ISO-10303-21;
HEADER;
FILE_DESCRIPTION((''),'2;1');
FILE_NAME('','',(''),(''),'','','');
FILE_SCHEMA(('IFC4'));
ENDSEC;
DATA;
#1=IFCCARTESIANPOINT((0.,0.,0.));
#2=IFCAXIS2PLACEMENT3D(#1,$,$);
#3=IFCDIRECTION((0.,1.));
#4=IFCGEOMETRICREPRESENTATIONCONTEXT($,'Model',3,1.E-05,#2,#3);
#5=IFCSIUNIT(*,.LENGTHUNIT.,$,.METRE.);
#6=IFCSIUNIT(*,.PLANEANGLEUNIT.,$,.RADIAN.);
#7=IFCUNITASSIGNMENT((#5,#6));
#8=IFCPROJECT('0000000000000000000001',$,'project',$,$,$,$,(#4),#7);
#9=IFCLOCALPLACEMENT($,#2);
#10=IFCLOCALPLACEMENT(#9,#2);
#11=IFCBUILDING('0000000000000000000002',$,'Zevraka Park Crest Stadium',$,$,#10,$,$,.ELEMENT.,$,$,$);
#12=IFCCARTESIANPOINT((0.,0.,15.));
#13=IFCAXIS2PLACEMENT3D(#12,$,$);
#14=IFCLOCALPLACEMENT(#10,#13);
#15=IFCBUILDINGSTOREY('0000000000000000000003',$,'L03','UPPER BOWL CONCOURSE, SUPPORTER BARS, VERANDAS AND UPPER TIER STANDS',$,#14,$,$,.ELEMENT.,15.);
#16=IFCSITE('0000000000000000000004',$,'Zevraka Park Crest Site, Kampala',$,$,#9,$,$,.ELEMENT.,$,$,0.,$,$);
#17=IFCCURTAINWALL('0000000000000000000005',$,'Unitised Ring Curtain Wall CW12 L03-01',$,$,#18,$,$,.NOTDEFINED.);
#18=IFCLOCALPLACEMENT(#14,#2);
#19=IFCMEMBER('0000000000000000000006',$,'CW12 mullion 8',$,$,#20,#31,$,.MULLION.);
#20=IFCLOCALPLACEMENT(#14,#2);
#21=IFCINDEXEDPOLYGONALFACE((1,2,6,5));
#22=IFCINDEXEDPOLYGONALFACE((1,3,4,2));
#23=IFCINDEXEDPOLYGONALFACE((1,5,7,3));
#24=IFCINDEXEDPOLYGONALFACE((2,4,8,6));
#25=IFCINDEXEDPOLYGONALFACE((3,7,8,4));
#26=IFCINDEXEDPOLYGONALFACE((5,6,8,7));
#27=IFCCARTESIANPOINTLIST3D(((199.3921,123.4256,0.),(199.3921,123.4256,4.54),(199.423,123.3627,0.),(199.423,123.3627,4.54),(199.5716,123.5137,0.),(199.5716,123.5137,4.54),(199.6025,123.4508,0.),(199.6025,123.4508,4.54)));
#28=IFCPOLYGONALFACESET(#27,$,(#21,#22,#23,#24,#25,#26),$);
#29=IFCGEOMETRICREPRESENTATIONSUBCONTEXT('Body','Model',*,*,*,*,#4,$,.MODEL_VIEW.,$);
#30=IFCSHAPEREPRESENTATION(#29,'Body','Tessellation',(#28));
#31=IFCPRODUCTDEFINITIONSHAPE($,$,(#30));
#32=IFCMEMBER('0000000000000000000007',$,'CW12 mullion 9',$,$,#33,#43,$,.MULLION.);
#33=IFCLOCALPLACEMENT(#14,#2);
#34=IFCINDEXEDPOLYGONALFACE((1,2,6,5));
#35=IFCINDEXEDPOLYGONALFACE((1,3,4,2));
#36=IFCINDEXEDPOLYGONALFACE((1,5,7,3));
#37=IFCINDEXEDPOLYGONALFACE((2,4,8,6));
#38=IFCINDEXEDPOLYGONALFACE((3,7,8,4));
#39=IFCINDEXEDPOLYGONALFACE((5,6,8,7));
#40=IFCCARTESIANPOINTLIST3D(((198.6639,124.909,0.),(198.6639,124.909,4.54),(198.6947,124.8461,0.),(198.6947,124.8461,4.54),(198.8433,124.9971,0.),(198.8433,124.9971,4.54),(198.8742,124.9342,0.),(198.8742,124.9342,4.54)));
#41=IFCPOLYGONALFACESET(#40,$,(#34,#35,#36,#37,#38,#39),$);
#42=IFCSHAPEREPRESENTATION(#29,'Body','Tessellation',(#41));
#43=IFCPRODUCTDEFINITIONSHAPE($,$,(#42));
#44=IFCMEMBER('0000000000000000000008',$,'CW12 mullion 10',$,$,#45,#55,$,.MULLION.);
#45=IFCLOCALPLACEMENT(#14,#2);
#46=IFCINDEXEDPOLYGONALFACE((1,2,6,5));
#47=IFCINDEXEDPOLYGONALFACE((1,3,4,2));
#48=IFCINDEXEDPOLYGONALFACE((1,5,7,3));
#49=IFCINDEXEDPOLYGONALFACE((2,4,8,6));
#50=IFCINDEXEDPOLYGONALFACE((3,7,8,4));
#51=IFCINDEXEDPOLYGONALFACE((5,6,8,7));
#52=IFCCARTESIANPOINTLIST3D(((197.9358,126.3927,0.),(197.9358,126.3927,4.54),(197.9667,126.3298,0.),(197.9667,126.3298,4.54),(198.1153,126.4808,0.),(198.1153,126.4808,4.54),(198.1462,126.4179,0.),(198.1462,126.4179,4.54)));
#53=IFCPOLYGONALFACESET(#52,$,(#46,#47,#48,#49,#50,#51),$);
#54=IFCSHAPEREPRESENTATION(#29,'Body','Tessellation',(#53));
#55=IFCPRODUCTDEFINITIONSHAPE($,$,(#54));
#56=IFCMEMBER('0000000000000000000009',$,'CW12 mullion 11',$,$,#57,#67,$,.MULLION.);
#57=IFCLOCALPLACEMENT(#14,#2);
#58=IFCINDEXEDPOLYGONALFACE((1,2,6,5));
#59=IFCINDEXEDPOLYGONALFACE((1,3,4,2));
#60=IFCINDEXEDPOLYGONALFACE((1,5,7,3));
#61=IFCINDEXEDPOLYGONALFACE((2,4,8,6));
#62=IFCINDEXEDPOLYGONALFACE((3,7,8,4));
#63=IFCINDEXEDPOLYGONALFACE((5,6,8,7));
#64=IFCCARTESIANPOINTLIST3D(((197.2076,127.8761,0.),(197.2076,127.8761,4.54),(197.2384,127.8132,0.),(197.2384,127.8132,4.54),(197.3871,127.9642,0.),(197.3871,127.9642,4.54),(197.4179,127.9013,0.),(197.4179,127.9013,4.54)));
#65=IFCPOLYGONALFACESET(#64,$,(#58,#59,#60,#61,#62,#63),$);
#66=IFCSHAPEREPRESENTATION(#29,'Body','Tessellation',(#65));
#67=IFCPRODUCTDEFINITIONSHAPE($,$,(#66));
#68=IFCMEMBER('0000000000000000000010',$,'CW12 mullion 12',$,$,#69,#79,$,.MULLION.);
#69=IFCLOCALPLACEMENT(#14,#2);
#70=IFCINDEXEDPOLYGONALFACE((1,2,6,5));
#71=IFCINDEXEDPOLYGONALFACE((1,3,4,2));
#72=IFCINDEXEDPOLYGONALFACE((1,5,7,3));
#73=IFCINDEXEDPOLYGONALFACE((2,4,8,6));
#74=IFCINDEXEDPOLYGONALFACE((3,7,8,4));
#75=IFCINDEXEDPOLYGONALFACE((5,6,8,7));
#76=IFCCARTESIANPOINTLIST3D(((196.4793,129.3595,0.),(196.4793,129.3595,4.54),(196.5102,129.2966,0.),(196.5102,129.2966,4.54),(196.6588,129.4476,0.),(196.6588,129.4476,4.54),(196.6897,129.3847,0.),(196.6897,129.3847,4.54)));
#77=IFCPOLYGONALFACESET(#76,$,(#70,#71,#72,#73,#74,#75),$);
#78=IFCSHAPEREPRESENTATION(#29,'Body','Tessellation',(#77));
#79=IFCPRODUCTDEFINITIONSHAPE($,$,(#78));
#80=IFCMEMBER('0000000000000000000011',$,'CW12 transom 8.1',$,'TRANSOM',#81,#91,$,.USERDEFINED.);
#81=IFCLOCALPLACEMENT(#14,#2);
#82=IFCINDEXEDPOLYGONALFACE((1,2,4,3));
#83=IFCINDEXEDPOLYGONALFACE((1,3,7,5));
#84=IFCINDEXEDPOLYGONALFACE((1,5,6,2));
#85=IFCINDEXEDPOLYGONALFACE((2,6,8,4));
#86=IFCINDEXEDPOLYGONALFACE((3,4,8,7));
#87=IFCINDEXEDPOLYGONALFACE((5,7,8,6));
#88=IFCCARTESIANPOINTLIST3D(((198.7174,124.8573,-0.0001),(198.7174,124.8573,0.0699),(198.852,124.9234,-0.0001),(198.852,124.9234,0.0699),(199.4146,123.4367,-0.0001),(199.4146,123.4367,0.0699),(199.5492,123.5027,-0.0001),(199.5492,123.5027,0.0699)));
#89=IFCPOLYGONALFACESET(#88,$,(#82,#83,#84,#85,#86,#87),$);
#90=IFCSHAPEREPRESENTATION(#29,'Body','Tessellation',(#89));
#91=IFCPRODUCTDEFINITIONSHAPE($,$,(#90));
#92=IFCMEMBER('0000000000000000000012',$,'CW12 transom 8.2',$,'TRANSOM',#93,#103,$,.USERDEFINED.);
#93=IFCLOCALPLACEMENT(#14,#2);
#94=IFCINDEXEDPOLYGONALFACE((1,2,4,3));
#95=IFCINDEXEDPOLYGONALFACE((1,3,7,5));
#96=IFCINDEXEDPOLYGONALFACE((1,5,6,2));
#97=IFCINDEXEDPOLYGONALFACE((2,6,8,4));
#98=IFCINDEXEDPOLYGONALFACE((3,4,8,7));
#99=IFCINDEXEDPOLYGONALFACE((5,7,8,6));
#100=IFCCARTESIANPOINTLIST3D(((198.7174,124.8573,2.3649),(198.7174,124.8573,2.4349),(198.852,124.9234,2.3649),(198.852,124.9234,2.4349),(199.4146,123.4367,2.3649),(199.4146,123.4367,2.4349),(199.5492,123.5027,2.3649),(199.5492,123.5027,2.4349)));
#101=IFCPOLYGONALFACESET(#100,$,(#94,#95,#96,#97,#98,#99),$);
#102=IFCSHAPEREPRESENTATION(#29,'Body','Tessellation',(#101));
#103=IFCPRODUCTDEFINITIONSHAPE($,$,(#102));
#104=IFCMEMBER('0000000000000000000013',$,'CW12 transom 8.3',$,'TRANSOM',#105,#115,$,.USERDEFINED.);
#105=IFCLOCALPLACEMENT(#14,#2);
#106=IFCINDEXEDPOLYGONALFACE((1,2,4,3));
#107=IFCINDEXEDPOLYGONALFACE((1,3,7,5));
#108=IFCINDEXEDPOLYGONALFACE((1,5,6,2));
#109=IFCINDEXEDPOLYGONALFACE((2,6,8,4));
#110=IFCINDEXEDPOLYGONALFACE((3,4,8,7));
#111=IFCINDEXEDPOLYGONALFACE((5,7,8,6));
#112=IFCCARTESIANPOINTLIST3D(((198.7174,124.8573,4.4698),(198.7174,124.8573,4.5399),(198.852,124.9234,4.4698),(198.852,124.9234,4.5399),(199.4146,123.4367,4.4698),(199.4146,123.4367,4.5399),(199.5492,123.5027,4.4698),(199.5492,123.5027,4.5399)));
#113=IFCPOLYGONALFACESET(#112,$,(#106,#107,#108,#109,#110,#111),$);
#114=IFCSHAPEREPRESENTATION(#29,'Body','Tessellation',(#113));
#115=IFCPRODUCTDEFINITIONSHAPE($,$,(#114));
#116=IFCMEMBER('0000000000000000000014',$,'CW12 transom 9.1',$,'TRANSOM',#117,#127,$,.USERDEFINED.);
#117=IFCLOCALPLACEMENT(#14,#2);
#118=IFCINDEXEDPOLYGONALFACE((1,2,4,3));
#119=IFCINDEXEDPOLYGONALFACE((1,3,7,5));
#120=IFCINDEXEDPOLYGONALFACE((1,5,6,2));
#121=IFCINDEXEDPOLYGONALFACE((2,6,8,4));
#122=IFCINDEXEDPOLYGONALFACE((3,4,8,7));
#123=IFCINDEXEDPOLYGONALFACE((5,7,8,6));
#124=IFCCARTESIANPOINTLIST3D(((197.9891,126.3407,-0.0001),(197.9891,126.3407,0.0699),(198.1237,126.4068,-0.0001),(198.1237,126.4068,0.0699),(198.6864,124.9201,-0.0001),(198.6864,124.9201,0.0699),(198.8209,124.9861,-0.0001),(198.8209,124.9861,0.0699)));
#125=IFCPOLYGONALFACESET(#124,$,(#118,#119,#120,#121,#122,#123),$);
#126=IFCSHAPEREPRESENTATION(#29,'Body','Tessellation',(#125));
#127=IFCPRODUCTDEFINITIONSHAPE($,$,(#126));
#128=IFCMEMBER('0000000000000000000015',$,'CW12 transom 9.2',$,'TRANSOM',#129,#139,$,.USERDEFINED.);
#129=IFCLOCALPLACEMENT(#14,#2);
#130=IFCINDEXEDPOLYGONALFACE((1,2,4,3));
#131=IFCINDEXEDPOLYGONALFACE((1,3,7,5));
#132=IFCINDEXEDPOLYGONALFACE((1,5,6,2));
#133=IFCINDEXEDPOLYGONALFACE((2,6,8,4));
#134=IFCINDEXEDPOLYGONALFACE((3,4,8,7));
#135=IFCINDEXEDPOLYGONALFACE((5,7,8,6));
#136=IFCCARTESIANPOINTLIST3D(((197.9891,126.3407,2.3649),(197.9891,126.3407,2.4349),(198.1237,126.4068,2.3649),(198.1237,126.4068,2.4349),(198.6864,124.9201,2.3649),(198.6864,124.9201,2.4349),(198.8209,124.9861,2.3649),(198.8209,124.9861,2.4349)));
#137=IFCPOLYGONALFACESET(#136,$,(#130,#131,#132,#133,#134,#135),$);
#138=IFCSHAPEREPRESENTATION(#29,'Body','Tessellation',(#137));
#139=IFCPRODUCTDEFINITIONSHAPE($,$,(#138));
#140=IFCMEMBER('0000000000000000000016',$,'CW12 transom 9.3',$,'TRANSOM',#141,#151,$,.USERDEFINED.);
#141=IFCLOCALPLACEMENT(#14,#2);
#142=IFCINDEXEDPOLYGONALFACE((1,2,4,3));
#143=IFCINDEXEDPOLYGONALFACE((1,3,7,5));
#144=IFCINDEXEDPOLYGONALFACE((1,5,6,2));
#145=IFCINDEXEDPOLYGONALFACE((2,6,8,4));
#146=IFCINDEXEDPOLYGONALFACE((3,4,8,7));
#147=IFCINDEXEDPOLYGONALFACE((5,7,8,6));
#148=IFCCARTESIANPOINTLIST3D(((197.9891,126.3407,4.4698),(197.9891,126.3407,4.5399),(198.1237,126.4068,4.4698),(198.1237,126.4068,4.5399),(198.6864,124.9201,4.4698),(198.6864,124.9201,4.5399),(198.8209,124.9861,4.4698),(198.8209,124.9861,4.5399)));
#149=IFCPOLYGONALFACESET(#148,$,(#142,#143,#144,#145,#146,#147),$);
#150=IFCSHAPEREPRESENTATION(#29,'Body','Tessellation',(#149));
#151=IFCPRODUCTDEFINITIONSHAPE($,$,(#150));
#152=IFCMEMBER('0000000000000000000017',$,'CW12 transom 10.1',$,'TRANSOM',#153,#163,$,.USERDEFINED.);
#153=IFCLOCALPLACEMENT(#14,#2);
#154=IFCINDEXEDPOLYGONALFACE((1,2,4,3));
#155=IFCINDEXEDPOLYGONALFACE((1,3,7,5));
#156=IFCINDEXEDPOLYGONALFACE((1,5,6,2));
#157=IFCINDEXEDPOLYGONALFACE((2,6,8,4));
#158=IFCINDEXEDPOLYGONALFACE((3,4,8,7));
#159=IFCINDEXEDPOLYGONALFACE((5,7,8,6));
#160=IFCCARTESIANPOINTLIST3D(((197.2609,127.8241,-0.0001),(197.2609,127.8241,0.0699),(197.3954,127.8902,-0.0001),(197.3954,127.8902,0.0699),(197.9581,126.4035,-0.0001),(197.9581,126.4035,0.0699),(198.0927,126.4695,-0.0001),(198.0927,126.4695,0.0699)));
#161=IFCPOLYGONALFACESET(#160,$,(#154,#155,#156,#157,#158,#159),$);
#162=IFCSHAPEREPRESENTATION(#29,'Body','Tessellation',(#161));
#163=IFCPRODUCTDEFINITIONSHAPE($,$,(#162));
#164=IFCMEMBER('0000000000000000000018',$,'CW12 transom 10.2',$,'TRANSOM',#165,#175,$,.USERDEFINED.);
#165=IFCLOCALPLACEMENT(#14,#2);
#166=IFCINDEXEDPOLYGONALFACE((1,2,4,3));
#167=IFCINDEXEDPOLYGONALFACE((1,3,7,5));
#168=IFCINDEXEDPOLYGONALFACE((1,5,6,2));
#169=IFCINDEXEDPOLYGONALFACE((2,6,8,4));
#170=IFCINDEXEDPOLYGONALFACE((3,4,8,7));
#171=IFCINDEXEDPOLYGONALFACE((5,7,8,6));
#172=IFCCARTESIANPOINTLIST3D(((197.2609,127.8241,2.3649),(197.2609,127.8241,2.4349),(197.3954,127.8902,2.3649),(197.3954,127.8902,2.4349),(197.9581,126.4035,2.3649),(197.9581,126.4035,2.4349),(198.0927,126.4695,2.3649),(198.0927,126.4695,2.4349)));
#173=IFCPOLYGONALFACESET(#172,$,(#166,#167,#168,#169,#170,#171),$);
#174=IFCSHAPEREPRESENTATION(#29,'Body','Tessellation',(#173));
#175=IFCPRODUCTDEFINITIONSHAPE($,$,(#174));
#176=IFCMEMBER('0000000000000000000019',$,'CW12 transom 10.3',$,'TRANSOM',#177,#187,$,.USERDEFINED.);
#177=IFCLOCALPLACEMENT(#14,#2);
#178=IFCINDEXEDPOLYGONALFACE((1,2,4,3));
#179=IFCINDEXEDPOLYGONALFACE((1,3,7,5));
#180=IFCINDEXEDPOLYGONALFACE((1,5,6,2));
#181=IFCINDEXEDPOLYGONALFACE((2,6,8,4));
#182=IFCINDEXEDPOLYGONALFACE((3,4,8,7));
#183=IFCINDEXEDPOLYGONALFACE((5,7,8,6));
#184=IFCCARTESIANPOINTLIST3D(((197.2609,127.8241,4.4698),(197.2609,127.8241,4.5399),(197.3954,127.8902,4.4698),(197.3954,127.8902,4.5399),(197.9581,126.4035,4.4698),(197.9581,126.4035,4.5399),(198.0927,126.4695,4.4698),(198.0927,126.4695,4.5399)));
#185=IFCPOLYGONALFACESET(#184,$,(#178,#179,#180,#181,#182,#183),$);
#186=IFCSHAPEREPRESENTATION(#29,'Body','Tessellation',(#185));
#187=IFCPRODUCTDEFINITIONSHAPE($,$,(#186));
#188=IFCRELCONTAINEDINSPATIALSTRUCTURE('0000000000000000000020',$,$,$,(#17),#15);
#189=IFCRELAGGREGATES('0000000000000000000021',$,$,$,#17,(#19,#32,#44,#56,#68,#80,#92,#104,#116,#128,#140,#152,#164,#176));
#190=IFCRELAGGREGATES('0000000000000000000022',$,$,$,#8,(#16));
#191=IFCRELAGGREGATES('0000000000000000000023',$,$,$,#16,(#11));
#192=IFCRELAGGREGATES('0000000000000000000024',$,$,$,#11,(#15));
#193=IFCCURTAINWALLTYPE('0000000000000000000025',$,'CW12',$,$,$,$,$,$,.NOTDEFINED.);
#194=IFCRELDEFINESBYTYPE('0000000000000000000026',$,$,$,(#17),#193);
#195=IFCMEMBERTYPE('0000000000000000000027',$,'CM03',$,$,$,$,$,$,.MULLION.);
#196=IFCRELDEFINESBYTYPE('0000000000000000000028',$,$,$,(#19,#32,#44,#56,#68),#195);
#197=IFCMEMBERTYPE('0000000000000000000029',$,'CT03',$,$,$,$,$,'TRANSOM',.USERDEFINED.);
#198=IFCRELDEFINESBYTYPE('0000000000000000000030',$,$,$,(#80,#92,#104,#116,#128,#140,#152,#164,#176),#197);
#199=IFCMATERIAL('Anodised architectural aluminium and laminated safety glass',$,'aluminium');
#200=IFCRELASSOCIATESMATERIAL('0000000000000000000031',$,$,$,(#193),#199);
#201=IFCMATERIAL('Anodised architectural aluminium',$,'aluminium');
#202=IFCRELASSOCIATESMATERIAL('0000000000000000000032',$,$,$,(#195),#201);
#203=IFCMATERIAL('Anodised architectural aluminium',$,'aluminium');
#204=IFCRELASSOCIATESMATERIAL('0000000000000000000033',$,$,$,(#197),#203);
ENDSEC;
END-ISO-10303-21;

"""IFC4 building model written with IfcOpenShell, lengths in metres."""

from ifc_helpers import new_model, si_unit, direction, frame, origin, origin_2d, place, context, subcontext, project, spatial, rectangle, extrude, material, material_profile, profile_set, type_object, element, aggregate, save


model = new_model("IFC4")

# Units and contexts
model_context = context("Model", 3, precision=1e-05, world=origin(), true_north=direction((0.0, 1.0)))
body_context = subcontext(model_context, "Body", "Model", "MODEL_VIEW")
ifc_project = project(units=[si_unit("LENGTHUNIT", "METRE"), si_unit("PLANEANGLEUNIT", "RADIAN")], contexts=[model_context])

# Site, building, storey
site_placement = place(None, origin())
site = spatial("IfcSite", under=ifc_project, at=site_placement, Name="Zevraka Park Crest Site, Kampala", CompositionType="ELEMENT", RefElevation=0.0)
building_placement = place(site_placement, origin())
building = spatial("IfcBuilding", under=site, at=building_placement, Name="Zevraka Park Crest Stadium", CompositionType="ELEMENT")
storey_placement = place(building_placement, frame((0.0, 0.0, 15.0)))
storey = spatial("IfcBuildingStorey", under=building, at=storey_placement, Name="L03", Description="UPPER BOWL CONCOURSE, SUPPORTER BARS, VERANDAS AND UPPER TIER STANDS", CompositionType="ELEMENT", Elevation=15.0)

# Curtain wall, members
ifc_material_1 = material(Name="Anodised architectural aluminium and laminated safety glass", Category="aluminium")
curtain_wall_type = type_object("IfcCurtainWallType", Name="CW12", PredefinedType="NOTDEFINED", material=ifc_material_1)
curtain_wall_placement = place(storey_placement, origin())
curtain_wall = element("IfcCurtainWall", 1, at=curtain_wall_placement, inside=storey, type_object=curtain_wall_type, Name="Unitised Ring Curtain Wall CW12 L03-01", PredefinedType="NOTDEFINED")
ifc_material_2 = material(Name="Anodised architectural aluminium", Category="aluminium")
ifc_material_profile_1 = material_profile(ifc_material_2, rectangle(XDim=0.2, YDim=0.0701, at=origin_2d()), Name="ALU MULLION 200x70")
ifc_profile_set_1 = profile_set([ifc_material_profile_1], Name="Anodised architectural aluminium")
member_type_1 = type_object("IfcMemberType", Name="CM03", PredefinedType="MULLION", material=ifc_profile_set_1)
member_1_placement = place(storey_placement, frame((199.4973, 123.4382, 0.0), z_axis=(0.0, 0.0, 1.0), x_axis=(-0.897671, -0.440666, 0.0)))
member_1 = element("IfcMember", 2, at=member_1_placement, type_object=member_type_1, Name="CW12 mullion 8", PredefinedType="MULLION", context=body_context, shape_type="SweptSolid", body=[
    extrude(rectangle(XDim=0.2, YDim=0.0701, at=origin_2d()), origin(), (0.0, 0.0, 1.0), 4.54),
])
member_2_placement = place(storey_placement, frame((198.769, 124.9216, 0.0), z_axis=(0.0, 0.0, 1.0), x_axis=(-0.897671, -0.440666, 0.0)))
member_2 = element("IfcMember", 3, at=member_2_placement, type_object=member_type_1, Name="CW12 mullion 9", PredefinedType="MULLION", context=body_context, shape_type="SweptSolid", body=[
    extrude(rectangle(XDim=0.2, YDim=0.0701, at=origin_2d()), origin(), (0.0, 0.0, 1.0), 4.54),
])
member_3_placement = place(storey_placement, frame((198.041, 126.4053, 0.0), z_axis=(0.0, 0.0, 1.0), x_axis=(-0.897671, -0.440666, 0.0)))
member_3 = element("IfcMember", 4, at=member_3_placement, type_object=member_type_1, Name="CW12 mullion 10", PredefinedType="MULLION", context=body_context, shape_type="SweptSolid", body=[
    extrude(rectangle(XDim=0.2, YDim=0.0701, at=origin_2d()), origin(), (0.0, 0.0, 1.0), 4.54),
])
member_4_placement = place(storey_placement, frame((197.3127, 127.8887, 0.0), z_axis=(0.0, 0.0, 1.0), x_axis=(-0.897671, -0.440666, 0.0)))
member_4 = element("IfcMember", 5, at=member_4_placement, type_object=member_type_1, Name="CW12 mullion 11", PredefinedType="MULLION", context=body_context, shape_type="SweptSolid", body=[
    extrude(rectangle(XDim=0.2, YDim=0.0701, at=origin_2d()), origin(), (0.0, 0.0, 1.0), 4.54),
])
member_5_placement = place(storey_placement, frame((196.5845, 129.3721, 0.0), z_axis=(0.0, 0.0, 1.0), x_axis=(-0.897671, -0.440666, 0.0)))
member_5 = element("IfcMember", 6, at=member_5_placement, type_object=member_type_1, Name="CW12 mullion 12", PredefinedType="MULLION", context=body_context, shape_type="SweptSolid", body=[
    extrude(rectangle(XDim=0.2, YDim=0.0701, at=origin_2d()), origin(), (0.0, 0.0, 1.0), 4.54),
])
ifc_material_3 = material(Name="Anodised architectural aluminium", Category="aluminium")
ifc_material_profile_2 = material_profile(ifc_material_3, rectangle(XDim=0.1499, YDim=0.0701, at=origin_2d()), Name="ALU TRANSOM 150x70")
ifc_profile_set_2 = profile_set([ifc_material_profile_2], Name="Anodised architectural aluminium")
member_type_2 = type_object("IfcMemberType", Name="CT03", ElementType="TRANSOM", PredefinedType="USERDEFINED", material=ifc_profile_set_2)
member_6_placement = place(storey_placement, frame((199.4819, 123.4697, 0.0349), z_axis=(-0.440599, 0.897704, 0.0), x_axis=(-0.897704, -0.440599, 0.0)))
member_6 = element("IfcMember", 7, at=member_6_placement, type_object=member_type_2, Name="CW12 transom 8.1", ObjectType="TRANSOM", PredefinedType="USERDEFINED", context=body_context, shape_type="SweptSolid", body=[
    extrude(rectangle(XDim=0.1499, YDim=0.0701, at=origin_2d()), origin(), (0.0, 0.0, 1.0), 1.5825),
])
member_7_placement = place(storey_placement, frame((199.4819, 123.4697, 2.3999), z_axis=(-0.440599, 0.897704, 0.0), x_axis=(-0.897704, -0.440599, 0.0)))
member_7 = element("IfcMember", 8, at=member_7_placement, type_object=member_type_2, Name="CW12 transom 8.2", ObjectType="TRANSOM", PredefinedType="USERDEFINED", context=body_context, shape_type="SweptSolid", body=[
    extrude(rectangle(XDim=0.1499, YDim=0.0701, at=origin_2d()), origin(), (0.0, 0.0, 1.0), 1.5825),
])
member_8_placement = place(storey_placement, frame((199.4819, 123.4697, 4.5049), z_axis=(-0.440599, 0.897704, 0.0), x_axis=(-0.897704, -0.440599, 0.0)))
member_8 = element("IfcMember", 9, at=member_8_placement, type_object=member_type_2, Name="CW12 transom 8.3", ObjectType="TRANSOM", PredefinedType="USERDEFINED", context=body_context, shape_type="SweptSolid", body=[
    extrude(rectangle(XDim=0.1499, YDim=0.0701, at=origin_2d()), origin(), (0.0, 0.0, 1.0), 1.5825),
])
member_9_placement = place(storey_placement, frame((198.7537, 124.9531, 0.0349), z_axis=(-0.440599, 0.897704, 0.0), x_axis=(-0.897704, -0.440599, 0.0)))
member_9 = element("IfcMember", 10, at=member_9_placement, type_object=member_type_2, Name="CW12 transom 9.1", ObjectType="TRANSOM", PredefinedType="USERDEFINED", context=body_context, shape_type="SweptSolid", body=[
    extrude(rectangle(XDim=0.1499, YDim=0.0701, at=origin_2d()), origin(), (0.0, 0.0, 1.0), 1.5825),
])
member_10_placement = place(storey_placement, frame((198.7537, 124.9531, 2.3999), z_axis=(-0.440599, 0.897704, 0.0), x_axis=(-0.897704, -0.440599, 0.0)))
member_10 = element("IfcMember", 11, at=member_10_placement, type_object=member_type_2, Name="CW12 transom 9.2", ObjectType="TRANSOM", PredefinedType="USERDEFINED", context=body_context, shape_type="SweptSolid", body=[
    extrude(rectangle(XDim=0.1499, YDim=0.0701, at=origin_2d()), origin(), (0.0, 0.0, 1.0), 1.5825),
])
member_11_placement = place(storey_placement, frame((198.7537, 124.9531, 4.5049), z_axis=(-0.440599, 0.897704, 0.0), x_axis=(-0.897704, -0.440599, 0.0)))
member_11 = element("IfcMember", 12, at=member_11_placement, type_object=member_type_2, Name="CW12 transom 9.3", ObjectType="TRANSOM", PredefinedType="USERDEFINED", context=body_context, shape_type="SweptSolid", body=[
    extrude(rectangle(XDim=0.1499, YDim=0.0701, at=origin_2d()), origin(), (0.0, 0.0, 1.0), 1.5825),
])
member_12_placement = place(storey_placement, frame((198.0254, 126.4365, 0.0349), z_axis=(-0.440599, 0.897704, 0.0), x_axis=(-0.897704, -0.440599, 0.0)))
member_12 = element("IfcMember", 13, at=member_12_placement, type_object=member_type_2, Name="CW12 transom 10.1", ObjectType="TRANSOM", PredefinedType="USERDEFINED", context=body_context, shape_type="SweptSolid", body=[
    extrude(rectangle(XDim=0.1499, YDim=0.0701, at=origin_2d()), origin(), (0.0, 0.0, 1.0), 1.5825),
])
member_13_placement = place(storey_placement, frame((198.0254, 126.4365, 2.3999), z_axis=(-0.440599, 0.897704, 0.0), x_axis=(-0.897704, -0.440599, 0.0)))
member_13 = element("IfcMember", 14, at=member_13_placement, type_object=member_type_2, Name="CW12 transom 10.2", ObjectType="TRANSOM", PredefinedType="USERDEFINED", context=body_context, shape_type="SweptSolid", body=[
    extrude(rectangle(XDim=0.1499, YDim=0.0701, at=origin_2d()), origin(), (0.0, 0.0, 1.0), 1.5825),
])
member_14_placement = place(storey_placement, frame((198.0254, 126.4365, 4.5049), z_axis=(-0.440599, 0.897704, 0.0), x_axis=(-0.897704, -0.440599, 0.0)))
member_14 = element("IfcMember", 15, at=member_14_placement, type_object=member_type_2, Name="CW12 transom 10.3", ObjectType="TRANSOM", PredefinedType="USERDEFINED", context=body_context, shape_type="SweptSolid", body=[
    extrude(rectangle(XDim=0.1499, YDim=0.0701, at=origin_2d()), origin(), (0.0, 0.0, 1.0), 1.5825),
])
aggregate(curtain_wall, [member_1, member_2, member_3, member_4, member_5, member_6, member_7, member_8, member_9, member_10, member_11, member_12, member_13, member_14])

save(model, "model.ifc")
